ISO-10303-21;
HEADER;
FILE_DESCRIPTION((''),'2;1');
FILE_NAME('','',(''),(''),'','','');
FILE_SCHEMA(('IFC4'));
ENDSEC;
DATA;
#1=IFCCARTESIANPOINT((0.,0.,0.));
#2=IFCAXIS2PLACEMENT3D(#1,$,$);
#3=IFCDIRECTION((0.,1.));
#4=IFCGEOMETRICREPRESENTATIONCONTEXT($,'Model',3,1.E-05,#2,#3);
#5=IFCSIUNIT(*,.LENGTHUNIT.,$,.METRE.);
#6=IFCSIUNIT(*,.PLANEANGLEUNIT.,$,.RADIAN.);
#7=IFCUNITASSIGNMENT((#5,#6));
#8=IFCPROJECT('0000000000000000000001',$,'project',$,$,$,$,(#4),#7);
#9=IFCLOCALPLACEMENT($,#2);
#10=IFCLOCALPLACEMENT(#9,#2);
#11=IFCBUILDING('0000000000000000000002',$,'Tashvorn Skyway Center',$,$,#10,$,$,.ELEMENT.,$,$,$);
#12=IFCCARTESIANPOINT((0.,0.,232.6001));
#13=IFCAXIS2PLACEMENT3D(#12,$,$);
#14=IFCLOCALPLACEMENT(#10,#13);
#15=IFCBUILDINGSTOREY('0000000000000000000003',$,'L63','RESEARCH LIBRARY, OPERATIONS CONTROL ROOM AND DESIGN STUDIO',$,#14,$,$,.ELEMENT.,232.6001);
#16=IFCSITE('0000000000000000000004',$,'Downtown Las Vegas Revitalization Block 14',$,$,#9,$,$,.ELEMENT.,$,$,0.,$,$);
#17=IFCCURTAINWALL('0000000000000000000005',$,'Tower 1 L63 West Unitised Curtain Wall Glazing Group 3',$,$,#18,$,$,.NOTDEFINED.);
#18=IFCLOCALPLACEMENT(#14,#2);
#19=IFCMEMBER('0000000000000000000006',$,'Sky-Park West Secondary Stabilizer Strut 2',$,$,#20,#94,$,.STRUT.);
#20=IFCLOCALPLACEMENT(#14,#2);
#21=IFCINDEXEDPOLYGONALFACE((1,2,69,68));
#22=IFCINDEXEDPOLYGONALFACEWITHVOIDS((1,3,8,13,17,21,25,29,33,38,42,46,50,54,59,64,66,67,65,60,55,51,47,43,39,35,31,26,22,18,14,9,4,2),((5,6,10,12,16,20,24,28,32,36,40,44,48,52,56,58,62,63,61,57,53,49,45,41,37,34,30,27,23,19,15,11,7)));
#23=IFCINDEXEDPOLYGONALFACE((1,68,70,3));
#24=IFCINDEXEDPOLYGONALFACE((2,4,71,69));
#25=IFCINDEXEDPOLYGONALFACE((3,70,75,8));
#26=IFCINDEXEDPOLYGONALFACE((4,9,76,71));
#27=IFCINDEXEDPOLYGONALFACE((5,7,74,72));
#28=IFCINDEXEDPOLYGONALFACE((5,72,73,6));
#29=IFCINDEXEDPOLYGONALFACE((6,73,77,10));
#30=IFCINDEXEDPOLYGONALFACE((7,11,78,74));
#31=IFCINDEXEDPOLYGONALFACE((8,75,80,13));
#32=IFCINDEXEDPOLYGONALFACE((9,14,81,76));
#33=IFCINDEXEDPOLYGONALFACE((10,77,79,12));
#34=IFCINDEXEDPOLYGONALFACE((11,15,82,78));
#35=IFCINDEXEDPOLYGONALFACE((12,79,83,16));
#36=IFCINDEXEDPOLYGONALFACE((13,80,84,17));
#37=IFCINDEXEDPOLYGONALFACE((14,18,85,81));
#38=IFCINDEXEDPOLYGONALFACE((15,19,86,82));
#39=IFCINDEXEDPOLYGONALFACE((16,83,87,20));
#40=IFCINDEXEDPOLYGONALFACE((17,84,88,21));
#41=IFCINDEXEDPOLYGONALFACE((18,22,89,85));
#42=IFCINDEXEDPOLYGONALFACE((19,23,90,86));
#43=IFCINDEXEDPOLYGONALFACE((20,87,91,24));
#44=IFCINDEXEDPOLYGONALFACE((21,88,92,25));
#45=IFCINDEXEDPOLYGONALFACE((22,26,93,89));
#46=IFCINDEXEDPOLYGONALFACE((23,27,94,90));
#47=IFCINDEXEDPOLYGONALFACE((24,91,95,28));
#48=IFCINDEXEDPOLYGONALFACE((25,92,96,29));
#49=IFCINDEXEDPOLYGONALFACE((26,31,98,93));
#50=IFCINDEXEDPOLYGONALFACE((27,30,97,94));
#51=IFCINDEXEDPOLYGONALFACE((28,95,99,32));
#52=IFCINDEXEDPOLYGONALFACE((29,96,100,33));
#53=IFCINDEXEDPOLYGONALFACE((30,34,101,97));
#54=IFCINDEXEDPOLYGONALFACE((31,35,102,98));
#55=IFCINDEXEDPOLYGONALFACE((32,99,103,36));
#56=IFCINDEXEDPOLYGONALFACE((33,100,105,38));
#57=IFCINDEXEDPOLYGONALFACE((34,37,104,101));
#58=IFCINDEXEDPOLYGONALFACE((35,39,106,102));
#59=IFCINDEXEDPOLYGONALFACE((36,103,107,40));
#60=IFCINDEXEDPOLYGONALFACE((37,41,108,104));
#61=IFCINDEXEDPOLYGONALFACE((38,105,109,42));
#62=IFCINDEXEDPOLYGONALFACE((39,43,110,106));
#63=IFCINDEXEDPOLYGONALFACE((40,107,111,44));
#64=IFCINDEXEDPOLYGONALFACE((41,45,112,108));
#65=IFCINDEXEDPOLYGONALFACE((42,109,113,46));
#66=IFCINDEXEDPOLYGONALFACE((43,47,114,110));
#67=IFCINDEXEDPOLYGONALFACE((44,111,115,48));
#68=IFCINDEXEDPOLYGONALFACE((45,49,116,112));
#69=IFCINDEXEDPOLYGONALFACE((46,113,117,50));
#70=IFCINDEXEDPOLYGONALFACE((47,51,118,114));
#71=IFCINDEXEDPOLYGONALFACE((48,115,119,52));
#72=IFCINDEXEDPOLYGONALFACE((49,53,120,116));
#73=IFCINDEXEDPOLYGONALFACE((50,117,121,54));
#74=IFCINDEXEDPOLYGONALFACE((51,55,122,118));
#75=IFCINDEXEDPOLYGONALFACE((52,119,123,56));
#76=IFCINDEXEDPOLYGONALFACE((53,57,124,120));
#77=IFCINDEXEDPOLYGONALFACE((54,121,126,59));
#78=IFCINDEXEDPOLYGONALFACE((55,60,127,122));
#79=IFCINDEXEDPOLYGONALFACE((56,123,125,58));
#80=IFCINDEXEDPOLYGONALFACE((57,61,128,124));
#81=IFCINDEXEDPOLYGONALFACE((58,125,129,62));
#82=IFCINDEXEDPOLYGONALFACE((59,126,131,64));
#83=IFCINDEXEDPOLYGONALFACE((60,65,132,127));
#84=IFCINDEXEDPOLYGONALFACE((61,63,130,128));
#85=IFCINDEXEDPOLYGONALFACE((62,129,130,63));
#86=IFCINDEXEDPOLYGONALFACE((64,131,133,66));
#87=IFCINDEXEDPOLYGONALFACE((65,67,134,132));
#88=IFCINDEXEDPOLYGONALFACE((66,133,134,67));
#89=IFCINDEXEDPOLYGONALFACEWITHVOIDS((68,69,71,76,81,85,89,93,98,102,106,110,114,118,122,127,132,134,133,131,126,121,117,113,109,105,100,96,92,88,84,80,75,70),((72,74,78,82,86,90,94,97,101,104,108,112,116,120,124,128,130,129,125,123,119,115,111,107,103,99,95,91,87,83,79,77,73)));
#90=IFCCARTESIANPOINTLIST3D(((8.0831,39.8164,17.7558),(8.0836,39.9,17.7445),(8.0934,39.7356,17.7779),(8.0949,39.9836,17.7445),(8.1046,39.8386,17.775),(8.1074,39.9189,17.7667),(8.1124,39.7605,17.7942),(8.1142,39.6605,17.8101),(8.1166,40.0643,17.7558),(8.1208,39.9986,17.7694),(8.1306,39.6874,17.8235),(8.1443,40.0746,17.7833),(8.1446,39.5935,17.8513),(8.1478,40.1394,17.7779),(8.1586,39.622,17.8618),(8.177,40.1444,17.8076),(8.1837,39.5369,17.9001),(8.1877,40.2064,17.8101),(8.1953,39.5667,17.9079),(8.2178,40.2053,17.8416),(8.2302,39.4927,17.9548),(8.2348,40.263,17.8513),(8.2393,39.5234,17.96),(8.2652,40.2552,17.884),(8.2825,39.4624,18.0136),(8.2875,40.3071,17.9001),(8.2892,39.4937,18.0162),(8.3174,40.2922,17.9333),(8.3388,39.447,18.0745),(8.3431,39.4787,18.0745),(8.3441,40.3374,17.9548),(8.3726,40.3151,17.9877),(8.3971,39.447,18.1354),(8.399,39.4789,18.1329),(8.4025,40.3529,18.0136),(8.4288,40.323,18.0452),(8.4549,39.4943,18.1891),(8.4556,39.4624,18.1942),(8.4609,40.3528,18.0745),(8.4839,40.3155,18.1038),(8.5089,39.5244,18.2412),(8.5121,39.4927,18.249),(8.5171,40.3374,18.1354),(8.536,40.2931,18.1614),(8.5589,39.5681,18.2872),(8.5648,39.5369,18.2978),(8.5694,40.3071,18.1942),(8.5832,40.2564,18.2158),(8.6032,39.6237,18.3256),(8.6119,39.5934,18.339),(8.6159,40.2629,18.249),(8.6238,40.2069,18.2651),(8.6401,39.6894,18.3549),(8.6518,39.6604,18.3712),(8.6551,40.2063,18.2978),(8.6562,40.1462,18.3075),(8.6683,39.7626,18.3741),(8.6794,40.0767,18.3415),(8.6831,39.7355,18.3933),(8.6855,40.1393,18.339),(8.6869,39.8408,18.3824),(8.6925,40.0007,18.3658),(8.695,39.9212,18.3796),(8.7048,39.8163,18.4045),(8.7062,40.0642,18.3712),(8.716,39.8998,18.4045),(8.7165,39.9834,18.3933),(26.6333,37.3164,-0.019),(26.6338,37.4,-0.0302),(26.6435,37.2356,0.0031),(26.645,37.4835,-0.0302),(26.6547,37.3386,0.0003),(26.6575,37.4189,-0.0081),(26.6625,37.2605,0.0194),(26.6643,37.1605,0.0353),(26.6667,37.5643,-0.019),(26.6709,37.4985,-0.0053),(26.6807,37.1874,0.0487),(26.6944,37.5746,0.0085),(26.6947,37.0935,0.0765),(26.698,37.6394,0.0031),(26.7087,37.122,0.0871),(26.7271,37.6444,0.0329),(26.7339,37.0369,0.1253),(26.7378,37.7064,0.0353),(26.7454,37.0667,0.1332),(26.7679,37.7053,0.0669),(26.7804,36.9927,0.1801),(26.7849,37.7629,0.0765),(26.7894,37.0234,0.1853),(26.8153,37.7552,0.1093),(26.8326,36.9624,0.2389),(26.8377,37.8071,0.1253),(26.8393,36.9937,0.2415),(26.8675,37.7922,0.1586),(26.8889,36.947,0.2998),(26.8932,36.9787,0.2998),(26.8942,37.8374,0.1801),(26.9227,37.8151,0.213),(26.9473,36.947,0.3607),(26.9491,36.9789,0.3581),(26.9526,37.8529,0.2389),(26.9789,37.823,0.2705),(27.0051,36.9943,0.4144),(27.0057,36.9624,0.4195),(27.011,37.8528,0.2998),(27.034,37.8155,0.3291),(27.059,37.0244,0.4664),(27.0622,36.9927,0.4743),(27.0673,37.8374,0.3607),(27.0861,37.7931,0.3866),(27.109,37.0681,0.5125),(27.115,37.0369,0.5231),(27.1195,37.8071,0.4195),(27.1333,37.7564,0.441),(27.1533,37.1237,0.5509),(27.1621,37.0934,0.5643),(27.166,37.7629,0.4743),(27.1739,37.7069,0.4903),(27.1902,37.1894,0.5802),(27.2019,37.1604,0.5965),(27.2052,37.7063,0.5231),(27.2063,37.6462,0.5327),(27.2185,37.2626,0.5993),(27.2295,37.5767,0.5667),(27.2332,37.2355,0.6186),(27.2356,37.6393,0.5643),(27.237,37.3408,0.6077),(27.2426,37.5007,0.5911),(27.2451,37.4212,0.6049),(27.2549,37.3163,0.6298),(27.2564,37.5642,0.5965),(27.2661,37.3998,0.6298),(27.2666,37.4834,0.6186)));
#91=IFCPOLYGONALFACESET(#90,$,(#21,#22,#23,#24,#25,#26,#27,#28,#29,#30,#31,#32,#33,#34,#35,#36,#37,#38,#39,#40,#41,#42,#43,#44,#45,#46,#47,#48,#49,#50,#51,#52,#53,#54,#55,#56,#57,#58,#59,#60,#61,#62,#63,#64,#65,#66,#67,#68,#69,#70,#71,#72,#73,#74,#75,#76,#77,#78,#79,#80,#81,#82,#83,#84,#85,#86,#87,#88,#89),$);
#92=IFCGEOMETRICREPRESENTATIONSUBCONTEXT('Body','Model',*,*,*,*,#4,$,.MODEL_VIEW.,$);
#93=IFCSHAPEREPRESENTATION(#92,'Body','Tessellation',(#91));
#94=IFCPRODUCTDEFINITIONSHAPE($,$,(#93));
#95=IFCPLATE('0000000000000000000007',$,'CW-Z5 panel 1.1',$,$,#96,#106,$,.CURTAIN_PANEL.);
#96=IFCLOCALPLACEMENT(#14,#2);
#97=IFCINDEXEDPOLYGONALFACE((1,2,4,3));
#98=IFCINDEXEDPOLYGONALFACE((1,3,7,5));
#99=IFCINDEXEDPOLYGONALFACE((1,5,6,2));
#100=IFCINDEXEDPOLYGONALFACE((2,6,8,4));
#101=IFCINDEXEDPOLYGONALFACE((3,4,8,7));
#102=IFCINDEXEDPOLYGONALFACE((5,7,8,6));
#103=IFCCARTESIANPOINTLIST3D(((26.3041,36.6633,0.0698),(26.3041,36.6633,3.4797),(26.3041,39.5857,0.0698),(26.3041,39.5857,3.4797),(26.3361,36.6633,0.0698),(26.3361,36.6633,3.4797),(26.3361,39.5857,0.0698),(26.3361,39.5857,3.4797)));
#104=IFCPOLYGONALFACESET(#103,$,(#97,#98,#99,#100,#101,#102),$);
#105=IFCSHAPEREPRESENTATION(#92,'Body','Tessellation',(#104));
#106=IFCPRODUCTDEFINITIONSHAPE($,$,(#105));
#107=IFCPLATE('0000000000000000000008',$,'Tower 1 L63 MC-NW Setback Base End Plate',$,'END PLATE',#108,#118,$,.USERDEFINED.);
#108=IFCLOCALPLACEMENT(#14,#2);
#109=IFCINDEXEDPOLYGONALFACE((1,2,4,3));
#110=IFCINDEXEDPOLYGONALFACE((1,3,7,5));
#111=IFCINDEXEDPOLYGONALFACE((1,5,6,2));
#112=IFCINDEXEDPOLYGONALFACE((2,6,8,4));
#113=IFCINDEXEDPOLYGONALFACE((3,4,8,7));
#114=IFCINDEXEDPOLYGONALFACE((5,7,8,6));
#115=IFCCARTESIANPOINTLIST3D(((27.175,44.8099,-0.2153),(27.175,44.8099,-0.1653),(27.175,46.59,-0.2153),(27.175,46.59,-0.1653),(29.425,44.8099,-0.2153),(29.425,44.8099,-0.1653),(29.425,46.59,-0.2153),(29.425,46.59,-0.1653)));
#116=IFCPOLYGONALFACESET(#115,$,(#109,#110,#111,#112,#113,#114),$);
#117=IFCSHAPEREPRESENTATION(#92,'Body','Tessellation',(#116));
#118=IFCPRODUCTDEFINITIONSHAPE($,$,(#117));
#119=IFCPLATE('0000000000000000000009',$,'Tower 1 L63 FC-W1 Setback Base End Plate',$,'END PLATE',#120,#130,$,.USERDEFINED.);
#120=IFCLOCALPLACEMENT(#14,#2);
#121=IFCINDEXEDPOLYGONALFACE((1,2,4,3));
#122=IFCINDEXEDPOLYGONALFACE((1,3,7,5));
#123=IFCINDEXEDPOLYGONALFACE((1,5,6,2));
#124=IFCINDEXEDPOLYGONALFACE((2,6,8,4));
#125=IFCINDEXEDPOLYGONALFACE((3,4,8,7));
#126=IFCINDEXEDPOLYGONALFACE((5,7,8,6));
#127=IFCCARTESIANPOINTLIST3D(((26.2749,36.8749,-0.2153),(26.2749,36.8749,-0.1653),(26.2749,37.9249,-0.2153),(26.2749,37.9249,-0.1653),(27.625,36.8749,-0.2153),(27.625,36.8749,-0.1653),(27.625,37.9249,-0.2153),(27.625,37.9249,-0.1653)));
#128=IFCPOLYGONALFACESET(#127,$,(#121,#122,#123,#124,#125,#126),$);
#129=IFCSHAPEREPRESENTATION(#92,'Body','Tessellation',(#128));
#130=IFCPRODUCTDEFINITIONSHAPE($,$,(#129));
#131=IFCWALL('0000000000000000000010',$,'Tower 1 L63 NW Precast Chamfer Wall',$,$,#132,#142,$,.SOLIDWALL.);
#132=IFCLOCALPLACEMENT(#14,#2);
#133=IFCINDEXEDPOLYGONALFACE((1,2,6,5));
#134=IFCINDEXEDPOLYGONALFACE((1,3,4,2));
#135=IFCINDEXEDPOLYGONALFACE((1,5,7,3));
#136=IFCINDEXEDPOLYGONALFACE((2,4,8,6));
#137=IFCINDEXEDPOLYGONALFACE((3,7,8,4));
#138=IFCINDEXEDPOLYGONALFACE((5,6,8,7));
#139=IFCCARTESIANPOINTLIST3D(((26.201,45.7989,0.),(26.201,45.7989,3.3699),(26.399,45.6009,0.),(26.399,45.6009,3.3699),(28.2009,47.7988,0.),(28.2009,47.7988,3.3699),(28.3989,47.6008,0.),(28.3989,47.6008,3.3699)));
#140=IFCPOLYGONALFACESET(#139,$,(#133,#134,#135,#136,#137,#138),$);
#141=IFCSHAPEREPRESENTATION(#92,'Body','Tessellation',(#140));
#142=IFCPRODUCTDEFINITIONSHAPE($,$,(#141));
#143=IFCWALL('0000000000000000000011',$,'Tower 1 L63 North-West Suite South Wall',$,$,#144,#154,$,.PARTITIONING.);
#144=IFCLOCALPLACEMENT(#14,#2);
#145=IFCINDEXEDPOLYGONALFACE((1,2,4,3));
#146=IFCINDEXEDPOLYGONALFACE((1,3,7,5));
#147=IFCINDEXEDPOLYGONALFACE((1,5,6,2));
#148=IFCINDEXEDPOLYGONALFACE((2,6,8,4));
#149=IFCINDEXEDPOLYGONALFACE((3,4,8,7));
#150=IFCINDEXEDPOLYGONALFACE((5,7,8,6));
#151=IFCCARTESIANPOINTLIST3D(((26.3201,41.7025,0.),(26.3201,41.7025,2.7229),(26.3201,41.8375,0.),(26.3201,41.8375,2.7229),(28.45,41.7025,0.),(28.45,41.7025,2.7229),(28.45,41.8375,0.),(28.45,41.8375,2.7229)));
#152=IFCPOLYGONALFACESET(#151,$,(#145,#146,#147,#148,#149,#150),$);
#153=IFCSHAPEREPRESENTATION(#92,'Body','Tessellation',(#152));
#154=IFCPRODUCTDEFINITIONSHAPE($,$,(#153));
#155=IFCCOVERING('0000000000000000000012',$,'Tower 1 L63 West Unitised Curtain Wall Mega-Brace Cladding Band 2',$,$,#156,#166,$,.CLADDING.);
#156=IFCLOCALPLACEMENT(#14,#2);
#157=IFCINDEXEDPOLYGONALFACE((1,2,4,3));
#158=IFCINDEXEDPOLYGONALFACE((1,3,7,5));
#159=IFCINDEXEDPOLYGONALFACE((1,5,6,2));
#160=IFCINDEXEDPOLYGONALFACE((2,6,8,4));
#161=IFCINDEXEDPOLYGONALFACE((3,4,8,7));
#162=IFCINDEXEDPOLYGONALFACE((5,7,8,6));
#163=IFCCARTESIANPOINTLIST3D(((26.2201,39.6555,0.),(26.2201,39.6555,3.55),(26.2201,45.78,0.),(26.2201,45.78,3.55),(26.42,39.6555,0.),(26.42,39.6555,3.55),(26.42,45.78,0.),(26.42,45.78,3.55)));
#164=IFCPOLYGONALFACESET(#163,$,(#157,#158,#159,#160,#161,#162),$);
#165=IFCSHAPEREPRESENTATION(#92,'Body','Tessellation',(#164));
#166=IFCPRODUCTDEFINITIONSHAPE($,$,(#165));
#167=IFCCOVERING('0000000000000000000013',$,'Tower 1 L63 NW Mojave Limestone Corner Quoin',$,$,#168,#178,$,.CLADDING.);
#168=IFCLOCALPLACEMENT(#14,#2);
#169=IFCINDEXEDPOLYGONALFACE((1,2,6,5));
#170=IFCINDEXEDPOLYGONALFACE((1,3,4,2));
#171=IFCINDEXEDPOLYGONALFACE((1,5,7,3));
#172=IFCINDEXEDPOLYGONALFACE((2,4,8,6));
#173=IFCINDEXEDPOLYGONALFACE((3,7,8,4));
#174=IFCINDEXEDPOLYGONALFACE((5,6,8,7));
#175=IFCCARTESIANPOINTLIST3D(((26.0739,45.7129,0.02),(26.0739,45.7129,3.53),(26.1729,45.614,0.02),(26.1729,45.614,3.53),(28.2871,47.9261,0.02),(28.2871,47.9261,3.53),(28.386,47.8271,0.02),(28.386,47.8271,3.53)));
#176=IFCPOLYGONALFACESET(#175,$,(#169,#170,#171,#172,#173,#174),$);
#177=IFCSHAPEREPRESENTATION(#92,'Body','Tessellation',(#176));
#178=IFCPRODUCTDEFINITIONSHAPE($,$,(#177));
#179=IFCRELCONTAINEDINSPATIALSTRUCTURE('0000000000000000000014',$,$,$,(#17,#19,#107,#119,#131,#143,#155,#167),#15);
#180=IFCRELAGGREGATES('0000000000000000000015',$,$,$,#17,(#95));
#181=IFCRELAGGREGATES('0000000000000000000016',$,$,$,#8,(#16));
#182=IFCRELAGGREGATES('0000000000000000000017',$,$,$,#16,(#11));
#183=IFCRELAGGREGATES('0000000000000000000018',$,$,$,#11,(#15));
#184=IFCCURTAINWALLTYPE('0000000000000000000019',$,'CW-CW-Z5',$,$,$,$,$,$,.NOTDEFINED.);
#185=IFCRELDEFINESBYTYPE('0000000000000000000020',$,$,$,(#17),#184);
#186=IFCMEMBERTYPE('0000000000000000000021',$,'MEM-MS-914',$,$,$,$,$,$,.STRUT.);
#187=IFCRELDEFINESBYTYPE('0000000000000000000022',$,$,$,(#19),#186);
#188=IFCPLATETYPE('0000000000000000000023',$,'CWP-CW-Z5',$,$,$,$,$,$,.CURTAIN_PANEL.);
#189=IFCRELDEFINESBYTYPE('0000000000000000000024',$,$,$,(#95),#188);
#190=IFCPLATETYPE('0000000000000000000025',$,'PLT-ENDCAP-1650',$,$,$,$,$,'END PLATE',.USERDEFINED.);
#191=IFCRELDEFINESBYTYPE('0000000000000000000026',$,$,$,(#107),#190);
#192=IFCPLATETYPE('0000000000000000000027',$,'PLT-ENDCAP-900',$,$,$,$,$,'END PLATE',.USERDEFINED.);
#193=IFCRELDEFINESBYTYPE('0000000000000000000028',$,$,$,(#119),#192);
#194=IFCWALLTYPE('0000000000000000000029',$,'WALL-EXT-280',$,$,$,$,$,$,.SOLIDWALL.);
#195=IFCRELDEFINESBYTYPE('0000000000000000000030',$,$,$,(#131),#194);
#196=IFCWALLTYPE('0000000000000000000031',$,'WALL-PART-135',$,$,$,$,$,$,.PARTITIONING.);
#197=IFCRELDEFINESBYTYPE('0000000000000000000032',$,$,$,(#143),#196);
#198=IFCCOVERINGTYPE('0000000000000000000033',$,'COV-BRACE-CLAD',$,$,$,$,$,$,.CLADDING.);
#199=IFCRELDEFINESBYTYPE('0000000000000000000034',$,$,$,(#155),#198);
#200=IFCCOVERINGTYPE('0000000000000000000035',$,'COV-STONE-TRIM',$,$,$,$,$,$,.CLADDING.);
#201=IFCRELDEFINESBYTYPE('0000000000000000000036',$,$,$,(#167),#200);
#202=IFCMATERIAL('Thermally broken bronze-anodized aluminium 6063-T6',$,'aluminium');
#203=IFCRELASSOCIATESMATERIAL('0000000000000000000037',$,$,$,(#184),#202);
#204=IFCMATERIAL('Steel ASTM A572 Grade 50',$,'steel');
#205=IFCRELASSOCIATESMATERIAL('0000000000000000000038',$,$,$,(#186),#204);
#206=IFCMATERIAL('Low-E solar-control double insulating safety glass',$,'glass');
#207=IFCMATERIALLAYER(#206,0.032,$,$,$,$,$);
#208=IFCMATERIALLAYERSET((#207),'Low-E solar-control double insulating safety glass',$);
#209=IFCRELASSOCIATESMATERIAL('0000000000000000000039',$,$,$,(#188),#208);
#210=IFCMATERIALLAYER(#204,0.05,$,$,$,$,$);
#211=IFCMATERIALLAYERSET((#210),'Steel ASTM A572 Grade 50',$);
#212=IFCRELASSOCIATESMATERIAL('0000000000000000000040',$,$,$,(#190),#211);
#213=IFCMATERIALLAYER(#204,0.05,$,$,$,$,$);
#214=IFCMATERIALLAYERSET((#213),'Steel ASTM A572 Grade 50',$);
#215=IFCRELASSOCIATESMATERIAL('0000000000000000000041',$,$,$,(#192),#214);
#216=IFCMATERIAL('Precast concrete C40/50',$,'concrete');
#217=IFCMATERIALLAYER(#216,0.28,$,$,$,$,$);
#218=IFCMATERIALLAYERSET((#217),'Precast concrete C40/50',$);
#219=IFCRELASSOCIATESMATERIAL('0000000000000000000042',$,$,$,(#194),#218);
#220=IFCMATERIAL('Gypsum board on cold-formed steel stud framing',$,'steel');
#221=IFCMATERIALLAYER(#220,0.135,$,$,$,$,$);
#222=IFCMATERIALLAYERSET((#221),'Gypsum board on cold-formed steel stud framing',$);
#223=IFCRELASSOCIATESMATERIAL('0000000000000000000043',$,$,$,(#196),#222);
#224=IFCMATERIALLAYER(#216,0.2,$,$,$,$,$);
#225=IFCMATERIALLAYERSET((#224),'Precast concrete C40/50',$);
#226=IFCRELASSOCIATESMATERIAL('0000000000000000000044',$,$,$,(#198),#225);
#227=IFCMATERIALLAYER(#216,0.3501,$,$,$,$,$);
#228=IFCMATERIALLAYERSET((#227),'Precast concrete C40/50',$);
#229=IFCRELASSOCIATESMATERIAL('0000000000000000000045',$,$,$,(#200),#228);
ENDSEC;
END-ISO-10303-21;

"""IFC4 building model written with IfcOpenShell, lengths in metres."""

from ifc_helpers import new_model, si_unit, direction, frame, frame_2d, origin, origin_2d, place, context, subcontext, project, spatial, rectangle, hollow_circle, extrude, material, layer, layer_set, material_profile, profile_set, type_object, element, aggregate, save


model = new_model("IFC4")

# Units and contexts
model_context = context("Model", 3, precision=1e-05, world=origin(), true_north=direction((0.0, 1.0)))
body_context = subcontext(model_context, "Body", "Model", "MODEL_VIEW")
ifc_project = project(units=[si_unit("LENGTHUNIT", "METRE"), si_unit("PLANEANGLEUNIT", "RADIAN")], contexts=[model_context])

# Site, building, storey
site_placement = place(None, origin())
site = spatial("IfcSite", under=ifc_project, at=site_placement, Name="Downtown Las Vegas Revitalization Block 14", CompositionType="ELEMENT", RefElevation=0.0)
building_placement = place(site_placement, origin())
building = spatial("IfcBuilding", under=site, at=building_placement, Name="Tashvorn Skyway Center", CompositionType="ELEMENT")
storey_placement = place(building_placement, frame((0.0, 0.0, 232.6001)))
storey = spatial("IfcBuildingStorey", under=building, at=storey_placement, Name="L63", Description="RESEARCH LIBRARY, OPERATIONS CONTROL ROOM AND DESIGN STUDIO", CompositionType="ELEMENT", Elevation=232.6001)

# Shared definitions
ifc_material_1 = material(Name="Steel ASTM A572 Grade 50", Category="steel")

# Curtain wall
ifc_material_2 = material(Name="Thermally broken bronze-anodized aluminium 6063-T6", Category="aluminium")
curtain_wall_type = type_object("IfcCurtainWallType", Name="CW-CW-Z5", PredefinedType="NOTDEFINED", material=ifc_material_2)
curtain_wall_placement = place(storey_placement, origin())
curtain_wall = element("IfcCurtainWall", 1, at=curtain_wall_placement, inside=storey, type_object=curtain_wall_type, Name="Tower 1 L63 West Unitised Curtain Wall Glazing Group 3", PredefinedType="NOTDEFINED")

# Member
ifc_material_profile_1 = material_profile(ifc_material_1, hollow_circle(Radius=0.457, WallThickness=0.032, at=origin_2d()), Name="CHS914x32")
ifc_profile_set_1 = profile_set([ifc_material_profile_1], Name="Steel ASTM A572 Grade 50")
member_type_1 = type_object("IfcMemberType", Name="MEM-MS-914", PredefinedType="STRUT", material=ifc_profile_set_1)
member_1_placement = place(storey_placement, frame((26.95, 37.3999, 0.2998), z_axis=(-0.718642, 0.096852, 0.688603), x_axis=(-0.133563, -0.99104, 0.0)))
element("IfcMember", 2, at=member_1_placement, inside=storey, type_object=member_type_1, Name="Sky-Park West Secondary Stabilizer Strut 2", PredefinedType="STRUT", context=body_context, shape_type="SweptSolid", body=[
    extrude(hollow_circle(Radius=0.457, WallThickness=0.032, at=origin_2d()), origin(), (0.0, 0.0, 1.0), 25.8127),
])

# Plate
ifc_material_3 = material(Name="Low-E solar-control double insulating safety glass", Category="glass")
ifc_layer_1 = layer(ifc_material_3, 0.032)
ifc_layer_set_1 = layer_set([ifc_layer_1], Name="Low-E solar-control double insulating safety glass")
plate_type_1 = type_object("IfcPlateType", Name="CWP-CW-Z5", PredefinedType="CURTAIN_PANEL", material=ifc_layer_set_1)
plate_1_placement = place(storey_placement, frame((26.3201, 38.1245, 0.0698), z_axis=(0.0, 0.0, 1.0), x_axis=(0.0, 1.0, 0.0)))
plate_1 = element("IfcPlate", 3, at=plate_1_placement, type_object=plate_type_1, Name="CW-Z5 panel 1.1", PredefinedType="CURTAIN_PANEL", context=body_context, shape_type="SweptSolid", body=[
    extrude(rectangle(XDim=2.9224, YDim=0.032, at=origin_2d()), origin(), (0.0, 0.0, 1.0), 3.4099),
])
aggregate(curtain_wall, [plate_1])

# Plates
ifc_layer_2 = layer(ifc_material_1, 0.05)
ifc_layer_set_2 = layer_set([ifc_layer_2], Name="Steel ASTM A572 Grade 50")
plate_type_2 = type_object("IfcPlateType", Name="PLT-ENDCAP-1650", ElementType="END PLATE", PredefinedType="USERDEFINED", material=ifc_layer_set_2)
plate_2_placement = place(storey_placement, frame((28.3, 45.7, -0.2153), z_axis=(0.0, 0.0, 1.0), x_axis=(1.0, 0.0, 0.0)))
element("IfcPlate", 4, at=plate_2_placement, inside=storey, type_object=plate_type_2, Name="Tower 1 L63 MC-NW Setback Base End Plate", ObjectType="END PLATE", PredefinedType="USERDEFINED", context=body_context, shape_type="SweptSolid", body=[
    extrude(rectangle(XDim=2.25, YDim=1.78, at=origin_2d()), origin(), (0.0, 0.0, 1.0), 0.05),
])
ifc_layer_3 = layer(ifc_material_1, 0.05)
ifc_layer_set_3 = layer_set([ifc_layer_3], Name="Steel ASTM A572 Grade 50")
plate_type_3 = type_object("IfcPlateType", Name="PLT-ENDCAP-900", ElementType="END PLATE", PredefinedType="USERDEFINED", material=ifc_layer_set_3)
plate_3_placement = place(storey_placement, frame((26.95, 37.3999, -0.2153), z_axis=(0.0, 0.0, 1.0), x_axis=(1.0, 0.0, 0.0)))
element("IfcPlate", 5, at=plate_3_placement, inside=storey, type_object=plate_type_3, Name="Tower 1 L63 FC-W1 Setback Base End Plate", ObjectType="END PLATE", PredefinedType="USERDEFINED", context=body_context, shape_type="SweptSolid", body=[
    extrude(rectangle(XDim=1.3501, YDim=1.05, at=origin_2d()), origin(), (0.0, 0.0, 1.0), 0.05),
])

# Walls
ifc_material_4 = material(Name="Precast concrete C40/50", Category="concrete")
ifc_layer_4 = layer(ifc_material_4, 0.28)
ifc_layer_set_4 = layer_set([ifc_layer_4], Name="Precast concrete C40/50")
wall_type_1 = type_object("IfcWallType", Name="WALL-EXT-280", PredefinedType="SOLIDWALL", material=ifc_layer_set_4)
wall_1_placement = place(storey_placement, frame((26.3, 45.7, 0.0), z_axis=(0.0, 0.0, 1.0), x_axis=(0.707107, 0.707107, 0.0)))
element("IfcWall", 6, at=wall_1_placement, inside=storey, type_object=wall_type_1, Name="Tower 1 L63 NW Precast Chamfer Wall", PredefinedType="SOLIDWALL", context=body_context, shape_type="SweptSolid", body=[
    extrude(rectangle(XDim=2.8284, YDim=0.28, at=frame_2d((1.4141, 0.0))), origin(), (0.0, 0.0, 1.0), 3.3699),
])
ifc_material_5 = material(Name="Gypsum board on cold-formed steel stud framing", Category="steel")
ifc_layer_5 = layer(ifc_material_5, 0.135)
ifc_layer_set_5 = layer_set([ifc_layer_5], Name="Gypsum board on cold-formed steel stud framing")
wall_type_2 = type_object("IfcWallType", Name="WALL-PART-135", PredefinedType="PARTITIONING", material=ifc_layer_set_5)
wall_2_placement = place(storey_placement, frame((26.3201, 41.77, 0.0), z_axis=(0.0, 0.0, 1.0), x_axis=(1.0, 0.0, 0.0)))
element("IfcWall", 7, at=wall_2_placement, inside=storey, type_object=wall_type_2, Name="Tower 1 L63 North-West Suite South Wall", PredefinedType="PARTITIONING", context=body_context, shape_type="SweptSolid", body=[
    extrude(rectangle(XDim=2.1299, YDim=0.135, at=frame_2d((1.0649, 0.0))), origin(), (0.0, 0.0, 1.0), 2.7229),
])

# Coverings
ifc_layer_6 = layer(ifc_material_4, 0.2)
ifc_layer_set_6 = layer_set([ifc_layer_6], Name="Precast concrete C40/50")
covering_type_1 = type_object("IfcCoveringType", Name="COV-BRACE-CLAD", PredefinedType="CLADDING", material=ifc_layer_set_6)
covering_1_placement = place(storey_placement, frame((26.3201, 42.7178, 0.0), z_axis=(0.0, 0.0, 1.0), x_axis=(0.0, 1.0, 0.0)))
element("IfcCovering", 8, at=covering_1_placement, inside=storey, type_object=covering_type_1, Name="Tower 1 L63 West Unitised Curtain Wall Mega-Brace Cladding Band 2", PredefinedType="CLADDING", context=body_context, shape_type="SweptSolid", body=[
    extrude(rectangle(XDim=6.1245, YDim=0.2, at=origin_2d()), origin(), (0.0, 0.0, 1.0), 3.55),
])
ifc_layer_7 = layer(ifc_material_4, 0.3501)
ifc_layer_set_7 = layer_set([ifc_layer_7], Name="Precast concrete C40/50")
covering_type_2 = type_object("IfcCoveringType", Name="COV-STONE-TRIM", PredefinedType="CLADDING", material=ifc_layer_set_7)
covering_2_placement = place(storey_placement, frame((27.23, 46.77, 0.02), z_axis=(0.0, 0.0, 1.0), x_axis=(-0.707107, -0.707107, 0.0)))
element("IfcCovering", 9, at=covering_2_placement, inside=storey, type_object=covering_type_2, Name="Tower 1 L63 NW Mojave Limestone Corner Quoin", PredefinedType="CLADDING", context=body_context, shape_type="SweptSolid", body=[
    extrude(rectangle(XDim=3.1299, YDim=0.1399, at=origin_2d()), origin(), (0.0, 0.0, 1.0), 3.51),
])

save(model, "model.ifc")
